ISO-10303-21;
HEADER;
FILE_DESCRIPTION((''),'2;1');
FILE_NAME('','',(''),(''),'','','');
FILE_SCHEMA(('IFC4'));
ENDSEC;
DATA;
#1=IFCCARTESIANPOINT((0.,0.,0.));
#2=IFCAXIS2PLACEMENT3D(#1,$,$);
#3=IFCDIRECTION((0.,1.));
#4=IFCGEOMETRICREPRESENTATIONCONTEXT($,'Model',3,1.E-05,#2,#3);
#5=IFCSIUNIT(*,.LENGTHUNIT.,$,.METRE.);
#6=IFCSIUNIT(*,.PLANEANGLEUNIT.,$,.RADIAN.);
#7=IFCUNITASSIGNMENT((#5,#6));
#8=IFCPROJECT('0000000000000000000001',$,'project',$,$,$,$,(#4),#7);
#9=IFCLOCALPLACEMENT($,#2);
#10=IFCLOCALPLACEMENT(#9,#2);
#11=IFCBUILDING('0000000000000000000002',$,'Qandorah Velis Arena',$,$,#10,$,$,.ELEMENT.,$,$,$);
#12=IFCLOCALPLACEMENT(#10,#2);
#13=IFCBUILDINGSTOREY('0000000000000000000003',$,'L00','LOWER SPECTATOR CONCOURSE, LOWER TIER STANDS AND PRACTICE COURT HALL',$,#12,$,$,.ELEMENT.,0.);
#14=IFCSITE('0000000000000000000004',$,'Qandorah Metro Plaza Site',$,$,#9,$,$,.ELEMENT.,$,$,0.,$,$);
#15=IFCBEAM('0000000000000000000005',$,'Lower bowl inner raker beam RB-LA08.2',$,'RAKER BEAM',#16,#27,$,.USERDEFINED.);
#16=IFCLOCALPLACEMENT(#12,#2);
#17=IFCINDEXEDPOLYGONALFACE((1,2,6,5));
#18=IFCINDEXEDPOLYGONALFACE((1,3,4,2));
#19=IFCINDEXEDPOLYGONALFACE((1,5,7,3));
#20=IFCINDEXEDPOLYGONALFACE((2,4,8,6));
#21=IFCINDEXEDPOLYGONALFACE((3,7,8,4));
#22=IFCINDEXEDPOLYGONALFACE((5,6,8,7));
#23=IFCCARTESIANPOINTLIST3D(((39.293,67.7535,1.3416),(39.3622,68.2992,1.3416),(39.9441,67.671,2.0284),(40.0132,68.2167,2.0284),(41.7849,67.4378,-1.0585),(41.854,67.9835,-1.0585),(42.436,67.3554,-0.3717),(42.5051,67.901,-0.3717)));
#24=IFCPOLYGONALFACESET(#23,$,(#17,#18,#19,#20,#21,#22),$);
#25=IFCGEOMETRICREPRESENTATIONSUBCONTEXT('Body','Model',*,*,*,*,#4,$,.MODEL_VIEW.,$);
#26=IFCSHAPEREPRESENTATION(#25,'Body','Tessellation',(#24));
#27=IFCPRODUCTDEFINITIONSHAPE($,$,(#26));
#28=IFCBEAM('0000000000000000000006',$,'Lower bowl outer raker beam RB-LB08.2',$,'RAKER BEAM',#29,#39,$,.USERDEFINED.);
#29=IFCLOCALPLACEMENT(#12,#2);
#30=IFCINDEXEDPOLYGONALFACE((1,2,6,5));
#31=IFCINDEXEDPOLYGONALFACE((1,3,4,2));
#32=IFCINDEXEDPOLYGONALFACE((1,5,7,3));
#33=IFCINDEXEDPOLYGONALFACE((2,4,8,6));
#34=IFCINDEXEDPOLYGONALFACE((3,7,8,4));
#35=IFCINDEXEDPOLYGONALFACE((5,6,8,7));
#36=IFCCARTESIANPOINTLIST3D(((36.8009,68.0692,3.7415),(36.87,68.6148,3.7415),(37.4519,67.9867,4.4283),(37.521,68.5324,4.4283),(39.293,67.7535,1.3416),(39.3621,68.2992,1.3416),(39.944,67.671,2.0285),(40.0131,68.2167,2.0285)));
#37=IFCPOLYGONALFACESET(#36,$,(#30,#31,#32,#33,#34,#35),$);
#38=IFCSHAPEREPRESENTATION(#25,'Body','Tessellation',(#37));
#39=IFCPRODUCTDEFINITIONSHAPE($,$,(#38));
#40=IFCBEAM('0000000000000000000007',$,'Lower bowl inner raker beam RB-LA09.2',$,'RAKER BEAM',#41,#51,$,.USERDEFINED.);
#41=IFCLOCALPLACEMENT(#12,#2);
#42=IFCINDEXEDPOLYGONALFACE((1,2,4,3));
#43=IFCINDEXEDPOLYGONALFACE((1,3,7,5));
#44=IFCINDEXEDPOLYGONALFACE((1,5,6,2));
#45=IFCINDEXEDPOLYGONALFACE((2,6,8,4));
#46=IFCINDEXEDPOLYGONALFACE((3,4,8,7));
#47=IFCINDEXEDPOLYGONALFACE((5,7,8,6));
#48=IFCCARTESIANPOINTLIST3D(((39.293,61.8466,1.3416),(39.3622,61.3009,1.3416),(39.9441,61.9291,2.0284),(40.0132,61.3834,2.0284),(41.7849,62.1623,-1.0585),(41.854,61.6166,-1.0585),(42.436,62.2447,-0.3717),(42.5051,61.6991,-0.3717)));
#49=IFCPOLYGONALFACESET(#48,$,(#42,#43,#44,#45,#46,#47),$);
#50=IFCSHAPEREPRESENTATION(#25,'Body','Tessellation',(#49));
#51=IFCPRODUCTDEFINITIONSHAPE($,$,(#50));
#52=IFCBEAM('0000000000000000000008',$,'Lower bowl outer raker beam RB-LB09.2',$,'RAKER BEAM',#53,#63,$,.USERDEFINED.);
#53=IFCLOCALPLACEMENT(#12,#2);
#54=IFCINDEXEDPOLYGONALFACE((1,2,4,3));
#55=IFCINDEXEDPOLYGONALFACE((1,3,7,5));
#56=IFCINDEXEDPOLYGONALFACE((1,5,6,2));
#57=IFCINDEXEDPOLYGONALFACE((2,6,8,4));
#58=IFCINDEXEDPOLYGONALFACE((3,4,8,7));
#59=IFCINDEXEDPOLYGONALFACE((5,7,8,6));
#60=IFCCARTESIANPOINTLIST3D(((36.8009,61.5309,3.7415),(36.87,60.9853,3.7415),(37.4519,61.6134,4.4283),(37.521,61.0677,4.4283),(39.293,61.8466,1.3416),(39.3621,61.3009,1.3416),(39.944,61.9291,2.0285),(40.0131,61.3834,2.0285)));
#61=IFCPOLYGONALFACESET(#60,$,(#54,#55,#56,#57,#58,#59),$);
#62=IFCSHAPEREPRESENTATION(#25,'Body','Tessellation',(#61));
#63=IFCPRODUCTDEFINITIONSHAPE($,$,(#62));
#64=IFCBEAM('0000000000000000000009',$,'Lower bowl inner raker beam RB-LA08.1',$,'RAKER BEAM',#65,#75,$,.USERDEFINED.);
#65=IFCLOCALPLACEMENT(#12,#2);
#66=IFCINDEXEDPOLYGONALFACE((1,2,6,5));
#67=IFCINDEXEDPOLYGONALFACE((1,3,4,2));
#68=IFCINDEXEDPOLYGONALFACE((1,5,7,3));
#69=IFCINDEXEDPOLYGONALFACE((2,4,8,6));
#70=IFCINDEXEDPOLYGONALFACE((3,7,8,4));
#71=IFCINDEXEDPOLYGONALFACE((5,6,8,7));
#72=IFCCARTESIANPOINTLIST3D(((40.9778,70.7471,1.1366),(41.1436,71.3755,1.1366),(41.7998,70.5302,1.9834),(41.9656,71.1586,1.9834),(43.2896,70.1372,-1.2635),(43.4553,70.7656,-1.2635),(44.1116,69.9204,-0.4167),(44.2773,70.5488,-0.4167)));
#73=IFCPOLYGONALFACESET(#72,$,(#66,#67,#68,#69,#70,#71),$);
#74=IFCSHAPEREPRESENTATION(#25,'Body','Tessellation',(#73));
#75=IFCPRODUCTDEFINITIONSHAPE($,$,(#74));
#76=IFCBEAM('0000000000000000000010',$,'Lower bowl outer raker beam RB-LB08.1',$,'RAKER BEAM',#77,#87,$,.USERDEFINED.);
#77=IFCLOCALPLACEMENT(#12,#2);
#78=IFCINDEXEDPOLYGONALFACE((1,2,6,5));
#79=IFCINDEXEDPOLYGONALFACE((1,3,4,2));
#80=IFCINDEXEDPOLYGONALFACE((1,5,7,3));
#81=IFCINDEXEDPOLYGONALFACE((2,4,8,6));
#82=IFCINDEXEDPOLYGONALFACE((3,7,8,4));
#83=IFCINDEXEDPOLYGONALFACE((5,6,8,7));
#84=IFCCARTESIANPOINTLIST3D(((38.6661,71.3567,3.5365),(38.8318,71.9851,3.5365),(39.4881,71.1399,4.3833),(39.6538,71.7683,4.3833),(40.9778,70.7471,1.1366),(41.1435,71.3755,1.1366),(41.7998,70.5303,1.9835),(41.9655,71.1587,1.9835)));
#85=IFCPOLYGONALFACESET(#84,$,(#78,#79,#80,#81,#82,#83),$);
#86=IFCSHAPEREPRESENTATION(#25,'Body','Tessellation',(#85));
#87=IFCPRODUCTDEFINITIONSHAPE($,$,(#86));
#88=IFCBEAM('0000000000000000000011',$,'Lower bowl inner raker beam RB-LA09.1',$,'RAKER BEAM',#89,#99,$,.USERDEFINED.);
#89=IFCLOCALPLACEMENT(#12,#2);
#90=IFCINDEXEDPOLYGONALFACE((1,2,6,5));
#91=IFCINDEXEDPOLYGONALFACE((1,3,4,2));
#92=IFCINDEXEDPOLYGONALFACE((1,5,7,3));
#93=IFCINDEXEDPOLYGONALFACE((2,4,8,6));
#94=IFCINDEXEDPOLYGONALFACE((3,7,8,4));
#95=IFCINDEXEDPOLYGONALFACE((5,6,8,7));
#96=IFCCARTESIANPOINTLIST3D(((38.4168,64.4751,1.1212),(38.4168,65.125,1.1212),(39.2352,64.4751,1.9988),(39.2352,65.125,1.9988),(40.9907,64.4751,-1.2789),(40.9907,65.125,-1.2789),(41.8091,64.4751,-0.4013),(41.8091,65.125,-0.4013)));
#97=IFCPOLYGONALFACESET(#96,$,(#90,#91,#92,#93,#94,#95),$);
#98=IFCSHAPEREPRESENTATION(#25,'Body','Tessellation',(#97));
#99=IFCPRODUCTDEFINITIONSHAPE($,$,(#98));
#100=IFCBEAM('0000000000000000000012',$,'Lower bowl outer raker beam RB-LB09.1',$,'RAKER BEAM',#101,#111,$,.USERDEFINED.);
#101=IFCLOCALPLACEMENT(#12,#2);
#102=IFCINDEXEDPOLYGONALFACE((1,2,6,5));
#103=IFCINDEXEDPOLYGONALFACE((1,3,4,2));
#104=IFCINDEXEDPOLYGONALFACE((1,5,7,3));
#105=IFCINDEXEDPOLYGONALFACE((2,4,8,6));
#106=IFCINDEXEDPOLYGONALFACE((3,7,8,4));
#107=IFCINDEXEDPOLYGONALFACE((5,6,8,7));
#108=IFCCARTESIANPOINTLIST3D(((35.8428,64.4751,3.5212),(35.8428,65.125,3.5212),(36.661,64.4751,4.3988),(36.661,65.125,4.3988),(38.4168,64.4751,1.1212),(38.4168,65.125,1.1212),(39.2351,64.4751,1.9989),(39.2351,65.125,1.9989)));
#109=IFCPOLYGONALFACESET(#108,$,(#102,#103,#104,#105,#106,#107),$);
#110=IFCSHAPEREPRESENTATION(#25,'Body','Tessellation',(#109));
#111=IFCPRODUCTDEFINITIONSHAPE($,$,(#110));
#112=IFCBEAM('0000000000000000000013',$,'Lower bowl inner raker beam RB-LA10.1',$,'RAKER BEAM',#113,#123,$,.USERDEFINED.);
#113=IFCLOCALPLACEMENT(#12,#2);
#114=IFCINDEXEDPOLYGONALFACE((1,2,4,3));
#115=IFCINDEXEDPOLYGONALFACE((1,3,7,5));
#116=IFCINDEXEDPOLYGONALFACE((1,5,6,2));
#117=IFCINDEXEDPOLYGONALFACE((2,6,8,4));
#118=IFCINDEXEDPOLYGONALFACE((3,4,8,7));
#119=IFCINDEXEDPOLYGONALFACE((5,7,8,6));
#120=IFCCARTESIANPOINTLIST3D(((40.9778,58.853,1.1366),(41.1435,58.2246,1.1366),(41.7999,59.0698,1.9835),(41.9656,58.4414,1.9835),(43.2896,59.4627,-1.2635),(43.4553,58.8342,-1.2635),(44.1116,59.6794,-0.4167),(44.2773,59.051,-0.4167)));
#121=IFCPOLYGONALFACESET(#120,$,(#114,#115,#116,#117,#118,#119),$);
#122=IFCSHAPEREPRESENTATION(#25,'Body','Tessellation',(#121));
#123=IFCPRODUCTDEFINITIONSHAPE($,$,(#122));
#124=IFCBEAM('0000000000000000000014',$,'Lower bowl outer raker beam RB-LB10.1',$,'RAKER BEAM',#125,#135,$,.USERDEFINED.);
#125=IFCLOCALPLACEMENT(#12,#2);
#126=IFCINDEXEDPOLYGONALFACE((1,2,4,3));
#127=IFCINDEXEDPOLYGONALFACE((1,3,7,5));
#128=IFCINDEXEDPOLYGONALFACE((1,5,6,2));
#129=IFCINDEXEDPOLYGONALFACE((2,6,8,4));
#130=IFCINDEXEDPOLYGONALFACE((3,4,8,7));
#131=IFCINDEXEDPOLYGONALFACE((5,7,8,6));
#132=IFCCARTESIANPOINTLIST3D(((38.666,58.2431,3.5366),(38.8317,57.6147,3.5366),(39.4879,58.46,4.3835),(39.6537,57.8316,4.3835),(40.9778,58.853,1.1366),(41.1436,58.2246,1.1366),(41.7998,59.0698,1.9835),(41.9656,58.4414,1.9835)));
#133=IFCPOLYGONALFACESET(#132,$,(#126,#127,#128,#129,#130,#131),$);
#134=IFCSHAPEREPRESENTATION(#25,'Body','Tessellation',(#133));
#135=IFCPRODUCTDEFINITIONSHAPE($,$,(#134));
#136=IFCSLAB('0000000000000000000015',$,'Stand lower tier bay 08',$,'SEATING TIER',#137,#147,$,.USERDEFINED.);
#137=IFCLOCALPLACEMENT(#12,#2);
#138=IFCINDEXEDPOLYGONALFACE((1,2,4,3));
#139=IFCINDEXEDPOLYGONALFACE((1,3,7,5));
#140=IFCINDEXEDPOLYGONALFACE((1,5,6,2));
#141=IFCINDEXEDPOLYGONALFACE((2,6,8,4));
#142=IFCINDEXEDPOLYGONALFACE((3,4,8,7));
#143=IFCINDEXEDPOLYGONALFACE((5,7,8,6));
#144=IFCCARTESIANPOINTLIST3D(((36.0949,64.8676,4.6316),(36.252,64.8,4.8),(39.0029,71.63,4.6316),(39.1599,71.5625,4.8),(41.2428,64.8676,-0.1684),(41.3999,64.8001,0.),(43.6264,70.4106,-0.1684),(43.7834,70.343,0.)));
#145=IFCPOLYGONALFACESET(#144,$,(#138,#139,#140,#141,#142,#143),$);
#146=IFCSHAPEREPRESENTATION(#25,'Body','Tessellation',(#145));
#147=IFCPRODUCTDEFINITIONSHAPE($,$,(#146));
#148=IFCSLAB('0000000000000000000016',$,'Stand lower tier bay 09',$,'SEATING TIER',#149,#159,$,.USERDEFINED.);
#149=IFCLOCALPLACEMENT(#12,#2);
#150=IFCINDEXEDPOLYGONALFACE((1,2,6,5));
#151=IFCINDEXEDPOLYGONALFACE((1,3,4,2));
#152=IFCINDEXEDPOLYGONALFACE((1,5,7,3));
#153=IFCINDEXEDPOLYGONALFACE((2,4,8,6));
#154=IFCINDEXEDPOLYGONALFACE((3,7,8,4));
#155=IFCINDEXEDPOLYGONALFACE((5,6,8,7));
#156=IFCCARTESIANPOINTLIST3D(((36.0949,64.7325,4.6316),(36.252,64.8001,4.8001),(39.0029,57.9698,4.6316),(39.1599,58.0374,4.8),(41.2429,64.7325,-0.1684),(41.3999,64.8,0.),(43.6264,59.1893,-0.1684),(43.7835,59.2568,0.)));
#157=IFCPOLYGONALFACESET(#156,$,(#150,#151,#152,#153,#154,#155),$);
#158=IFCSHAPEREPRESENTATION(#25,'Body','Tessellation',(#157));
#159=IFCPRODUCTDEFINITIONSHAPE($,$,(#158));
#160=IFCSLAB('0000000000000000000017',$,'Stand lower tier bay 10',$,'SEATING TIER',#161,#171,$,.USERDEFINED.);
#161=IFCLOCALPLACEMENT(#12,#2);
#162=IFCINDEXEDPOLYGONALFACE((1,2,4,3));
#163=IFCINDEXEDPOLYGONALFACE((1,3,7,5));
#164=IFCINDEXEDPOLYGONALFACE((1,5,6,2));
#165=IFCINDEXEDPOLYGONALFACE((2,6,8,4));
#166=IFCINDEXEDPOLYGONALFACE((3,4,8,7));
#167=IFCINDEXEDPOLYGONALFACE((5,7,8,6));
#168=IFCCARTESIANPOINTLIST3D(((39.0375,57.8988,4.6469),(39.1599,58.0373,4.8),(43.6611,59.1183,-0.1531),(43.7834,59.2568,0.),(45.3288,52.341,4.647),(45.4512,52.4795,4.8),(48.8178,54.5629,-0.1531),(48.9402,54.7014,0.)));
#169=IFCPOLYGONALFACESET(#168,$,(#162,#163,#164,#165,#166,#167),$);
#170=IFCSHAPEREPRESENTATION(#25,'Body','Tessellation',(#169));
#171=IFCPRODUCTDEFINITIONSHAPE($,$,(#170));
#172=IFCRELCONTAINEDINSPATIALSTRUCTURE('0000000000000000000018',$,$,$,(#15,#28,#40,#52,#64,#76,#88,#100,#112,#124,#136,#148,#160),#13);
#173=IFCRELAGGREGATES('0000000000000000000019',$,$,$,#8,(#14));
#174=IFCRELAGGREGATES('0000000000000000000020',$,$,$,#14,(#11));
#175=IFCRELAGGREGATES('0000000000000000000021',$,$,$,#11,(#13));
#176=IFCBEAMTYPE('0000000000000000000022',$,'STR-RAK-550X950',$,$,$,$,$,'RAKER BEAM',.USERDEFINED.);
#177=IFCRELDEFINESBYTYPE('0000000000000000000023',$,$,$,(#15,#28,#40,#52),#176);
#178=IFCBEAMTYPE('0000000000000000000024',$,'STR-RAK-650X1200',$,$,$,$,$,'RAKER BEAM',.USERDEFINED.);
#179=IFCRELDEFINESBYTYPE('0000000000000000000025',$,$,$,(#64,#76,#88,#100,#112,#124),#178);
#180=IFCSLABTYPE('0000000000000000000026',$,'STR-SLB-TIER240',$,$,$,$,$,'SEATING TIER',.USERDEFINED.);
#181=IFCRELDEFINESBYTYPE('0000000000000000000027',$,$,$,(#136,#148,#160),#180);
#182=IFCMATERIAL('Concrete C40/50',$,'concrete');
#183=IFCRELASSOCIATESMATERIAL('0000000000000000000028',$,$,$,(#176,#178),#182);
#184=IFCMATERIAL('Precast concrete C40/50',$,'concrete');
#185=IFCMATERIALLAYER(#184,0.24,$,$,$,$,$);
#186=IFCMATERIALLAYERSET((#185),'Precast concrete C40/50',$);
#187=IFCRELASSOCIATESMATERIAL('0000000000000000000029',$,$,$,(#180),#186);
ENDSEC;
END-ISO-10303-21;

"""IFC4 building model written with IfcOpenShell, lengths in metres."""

from ifc_helpers import new_model, si_unit, direction, frame, origin, origin_2d, place, context, subcontext, project, spatial, polyline, rectangle, outline, extrude, material, layer, layer_set, material_profile, profile_set, type_object, element, save


model = new_model("IFC4")

# Units and contexts
model_context = context("Model", 3, precision=1e-05, world=origin(), true_north=direction((0.0, 1.0)))
body_context = subcontext(model_context, "Body", "Model", "MODEL_VIEW")
ifc_project = project(units=[si_unit("LENGTHUNIT", "METRE"), si_unit("PLANEANGLEUNIT", "RADIAN")], contexts=[model_context])

# Site, building, storey
site_placement = place(None, origin())
site = spatial("IfcSite", under=ifc_project, at=site_placement, Name="Qandorah Metro Plaza Site", CompositionType="ELEMENT", RefElevation=0.0)
building_placement = place(site_placement, origin())
building = spatial("IfcBuilding", under=site, at=building_placement, Name="Qandorah Velis Arena", CompositionType="ELEMENT")
storey_placement = place(building_placement, origin())
storey = spatial("IfcBuildingStorey", under=building, at=storey_placement, Name="L00", Description="LOWER SPECTATOR CONCOURSE, LOWER TIER STANDS AND PRACTICE COURT HALL", CompositionType="ELEMENT", Elevation=0.0)

# Shared definitions
ifc_material_1 = material(Name="Concrete C40/50", Category="concrete")

# Beams
ifc_material_profile_1 = material_profile(ifc_material_1, rectangle(XDim=0.55, YDim=0.95, at=origin_2d()), Name="RC RAKER 550x950")
ifc_profile_set_1 = profile_set([ifc_material_profile_1], Name="Concrete C40/50")
beam_type_1 = type_object("IfcBeamType", Name="STR-RAK-550X950", ElementType="RAKER BEAM", PredefinedType="USERDEFINED", material=ifc_profile_set_1)
for number, where, z_axis, x_axis, name in (
    (1, (42.145, 67.6694, -0.7151), (-0.717269, 0.090862, 0.690847), (-0.125673, -0.992072, 0.0), "Lower bowl inner raker beam RB-LA08.2"),
    (2, (39.6531, 67.9851, 1.6851), (-0.717338, 0.090862, 0.690775), (-0.125661, -0.992073, 0.0), "Lower bowl outer raker beam RB-LB08.2"),
    (3, (42.145, 61.9307, -0.7151), (-0.717269, -0.090862, 0.690847), (0.125673, -0.992072, 0.0), "Lower bowl inner raker beam RB-LA09.2"),
    (4, (39.6531, 61.615, 1.6851), (-0.717338, -0.090862, 0.690775), (0.125661, -0.992073, 0.0), "Lower bowl outer raker beam RB-LB09.2"),
):
    element("IfcBeam", number, at=place(storey_placement, frame(where, z_axis=z_axis, x_axis=x_axis)), inside=storey, type_object=beam_type_1, Name=name, ObjectType="RAKER BEAM", PredefinedType="USERDEFINED", context=body_context, shape_type="SweptSolid", body=[
        extrude(rectangle(XDim=0.55, YDim=0.95, at=origin_2d()), origin(), (0.0, 0.0, 1.0), 3.4741),
    ])
ifc_material_profile_2 = material_profile(ifc_material_1, rectangle(XDim=0.6499, YDim=1.2, at=origin_2d()), Name="RC RAKER 650x1200")
ifc_profile_set_2 = profile_set([ifc_material_profile_2], Name="Concrete C40/50")
beam_type_2 = type_object("IfcBeamType", Name="STR-RAK-650X1200", ElementType="RAKER BEAM", PredefinedType="USERDEFINED", material=ifc_profile_set_2)
beam_1_placement = place(storey_placement, frame((43.7834, 70.343, -0.8401), z_axis=(-0.682389, 0.18002, 0.708476), x_axis=(-0.255081, -0.96692, 0.0)))
element("IfcBeam", 5, at=beam_1_placement, inside=storey, type_object=beam_type_2, Name="Lower bowl inner raker beam RB-LA08.1", ObjectType="RAKER BEAM", PredefinedType="USERDEFINED", context=body_context, shape_type="SweptSolid", body=[
    extrude(rectangle(XDim=0.6499, YDim=1.2, at=origin_2d()), origin(), (0.0, 0.0, 1.0), 3.3877),
])
beam_2_placement = place(storey_placement, frame((41.4717, 70.9529, 1.5601), z_axis=(-0.682432, 0.179959, 0.70845), x_axis=(-0.254986, -0.966945, 0.0)))
element("IfcBeam", 6, at=beam_2_placement, inside=storey, type_object=beam_type_2, Name="Lower bowl outer raker beam RB-LB08.1", ObjectType="RAKER BEAM", PredefinedType="USERDEFINED", context=body_context, shape_type="SweptSolid", body=[
    extrude(rectangle(XDim=0.6499, YDim=1.2, at=origin_2d()), origin(), (0.0, 0.0, 1.0), 3.3875),
])
for number, where, z_axis, x_axis, name in (
    (7, (41.3999, 64.8, -0.8401), (-0.731371, 0.0, 0.68198), (0.0, -1.0, 0.0), "Lower bowl inner raker beam RB-LA09.1"),
    (8, (38.8259, 64.8, 1.5601), (-0.731406, 0.0, 0.681942), (0.0, -1.0, 0.0), "Lower bowl outer raker beam RB-LB09.1"),
):
    element("IfcBeam", number, at=place(storey_placement, frame(where, z_axis=z_axis, x_axis=x_axis)), inside=storey, type_object=beam_type_2, Name=name, ObjectType="RAKER BEAM", PredefinedType="USERDEFINED", context=body_context, shape_type="SweptSolid", body=[
        extrude(rectangle(XDim=0.6499, YDim=1.2, at=origin_2d()), origin(), (0.0, 0.0, 1.0), 3.5193),
    ])
for number, where, z_axis, x_axis, name in (
    (9, (43.7834, 59.2568, -0.8401), (-0.682397, -0.17995, 0.708486), (0.254986, -0.966945, 0.0), "Lower bowl inner raker beam RB-LA10.1"),
    (10, (41.4717, 58.6472, 1.5601), (-0.682423, -0.180029, 0.70844), (0.255081, -0.96692, 0.0), "Lower bowl outer raker beam RB-LB10.1"),
):
    element("IfcBeam", number, at=place(storey_placement, frame(where, z_axis=z_axis, x_axis=x_axis)), inside=storey, type_object=beam_type_2, Name=name, ObjectType="RAKER BEAM", PredefinedType="USERDEFINED", context=body_context, shape_type="SweptSolid", body=[
        extrude(rectangle(XDim=0.6499, YDim=1.2, at=origin_2d()), origin(), (0.0, 0.0, 1.0), 3.3877),
    ])

# Slabs
ifc_material_2 = material(Name="Precast concrete C40/50", Category="concrete")
ifc_layer = layer(ifc_material_2, 0.24)
ifc_layer_set = layer_set([ifc_layer], Name="Precast concrete C40/50")
slab_type = type_object("IfcSlabType", Name="STR-SLB-TIER240", ElementType="SEATING TIER", PredefinedType="USERDEFINED", material=ifc_layer_set)
slab_1_placement = place(storey_placement, frame((43.7834, 70.343, 0.0), z_axis=(0.654403, -0.281403, 0.701832), x_axis=(-0.395038, -0.918665, -0.000001)))
element("IfcSlab", 11, at=slab_1_placement, inside=storey, type_object=slab_type, Name="Stand lower tier bay 08", ObjectType="SEATING TIER", PredefinedType="USERDEFINED", context=body_context, shape_type="SweptSolid", body=[
    extrude(outline(polyline([(0.0, 0.0), (6.0337, 0.0), (8.0674, -6.7384), (0.7062, -6.7384), (0.0, 0.0)])), origin(), (0.0, 0.0, -1.0), 0.24),
])
slab_2_placement = place(storey_placement, frame((41.3999, 64.8, 0.0), z_axis=(0.654406, 0.281393, 0.701834), x_axis=(0.395024, -0.918671, 0.000002)))
element("IfcSlab", 12, at=slab_2_placement, inside=storey, type_object=slab_type, Name="Stand lower tier bay 09", ObjectType="SEATING TIER", PredefinedType="USERDEFINED", context=body_context, shape_type="SweptSolid", body=[
    extrude(outline(polyline([(0.0, 0.0), (6.0339, 0.0), (5.3278, -6.7384), (-2.0336, -6.7384), (0.0, 0.0)])), origin(), (0.0, 0.0, -1.0), 0.24),
])
slab_3_placement = place(storey_placement, frame((43.7834, 59.2568, 0.0), z_axis=(0.509915, 0.577212, 0.637819), x_axis=(0.749447, -0.662064, -0.000005)))
element("IfcSlab", 13, at=slab_3_placement, inside=storey, type_object=slab_type, Name="Stand lower tier bay 10", ObjectType="SEATING TIER", PredefinedType="USERDEFINED", context=body_context, shape_type="SweptSolid", body=[
    extrude(outline(polyline([(0.0, 0.0), (6.8807, 0.0), (5.7369, -6.2324), (-2.6577, -6.2323), (0.0, 0.0)])), origin(), (0.0, 0.0, -1.0), 0.24),
])

save(model, "model.ifc")
